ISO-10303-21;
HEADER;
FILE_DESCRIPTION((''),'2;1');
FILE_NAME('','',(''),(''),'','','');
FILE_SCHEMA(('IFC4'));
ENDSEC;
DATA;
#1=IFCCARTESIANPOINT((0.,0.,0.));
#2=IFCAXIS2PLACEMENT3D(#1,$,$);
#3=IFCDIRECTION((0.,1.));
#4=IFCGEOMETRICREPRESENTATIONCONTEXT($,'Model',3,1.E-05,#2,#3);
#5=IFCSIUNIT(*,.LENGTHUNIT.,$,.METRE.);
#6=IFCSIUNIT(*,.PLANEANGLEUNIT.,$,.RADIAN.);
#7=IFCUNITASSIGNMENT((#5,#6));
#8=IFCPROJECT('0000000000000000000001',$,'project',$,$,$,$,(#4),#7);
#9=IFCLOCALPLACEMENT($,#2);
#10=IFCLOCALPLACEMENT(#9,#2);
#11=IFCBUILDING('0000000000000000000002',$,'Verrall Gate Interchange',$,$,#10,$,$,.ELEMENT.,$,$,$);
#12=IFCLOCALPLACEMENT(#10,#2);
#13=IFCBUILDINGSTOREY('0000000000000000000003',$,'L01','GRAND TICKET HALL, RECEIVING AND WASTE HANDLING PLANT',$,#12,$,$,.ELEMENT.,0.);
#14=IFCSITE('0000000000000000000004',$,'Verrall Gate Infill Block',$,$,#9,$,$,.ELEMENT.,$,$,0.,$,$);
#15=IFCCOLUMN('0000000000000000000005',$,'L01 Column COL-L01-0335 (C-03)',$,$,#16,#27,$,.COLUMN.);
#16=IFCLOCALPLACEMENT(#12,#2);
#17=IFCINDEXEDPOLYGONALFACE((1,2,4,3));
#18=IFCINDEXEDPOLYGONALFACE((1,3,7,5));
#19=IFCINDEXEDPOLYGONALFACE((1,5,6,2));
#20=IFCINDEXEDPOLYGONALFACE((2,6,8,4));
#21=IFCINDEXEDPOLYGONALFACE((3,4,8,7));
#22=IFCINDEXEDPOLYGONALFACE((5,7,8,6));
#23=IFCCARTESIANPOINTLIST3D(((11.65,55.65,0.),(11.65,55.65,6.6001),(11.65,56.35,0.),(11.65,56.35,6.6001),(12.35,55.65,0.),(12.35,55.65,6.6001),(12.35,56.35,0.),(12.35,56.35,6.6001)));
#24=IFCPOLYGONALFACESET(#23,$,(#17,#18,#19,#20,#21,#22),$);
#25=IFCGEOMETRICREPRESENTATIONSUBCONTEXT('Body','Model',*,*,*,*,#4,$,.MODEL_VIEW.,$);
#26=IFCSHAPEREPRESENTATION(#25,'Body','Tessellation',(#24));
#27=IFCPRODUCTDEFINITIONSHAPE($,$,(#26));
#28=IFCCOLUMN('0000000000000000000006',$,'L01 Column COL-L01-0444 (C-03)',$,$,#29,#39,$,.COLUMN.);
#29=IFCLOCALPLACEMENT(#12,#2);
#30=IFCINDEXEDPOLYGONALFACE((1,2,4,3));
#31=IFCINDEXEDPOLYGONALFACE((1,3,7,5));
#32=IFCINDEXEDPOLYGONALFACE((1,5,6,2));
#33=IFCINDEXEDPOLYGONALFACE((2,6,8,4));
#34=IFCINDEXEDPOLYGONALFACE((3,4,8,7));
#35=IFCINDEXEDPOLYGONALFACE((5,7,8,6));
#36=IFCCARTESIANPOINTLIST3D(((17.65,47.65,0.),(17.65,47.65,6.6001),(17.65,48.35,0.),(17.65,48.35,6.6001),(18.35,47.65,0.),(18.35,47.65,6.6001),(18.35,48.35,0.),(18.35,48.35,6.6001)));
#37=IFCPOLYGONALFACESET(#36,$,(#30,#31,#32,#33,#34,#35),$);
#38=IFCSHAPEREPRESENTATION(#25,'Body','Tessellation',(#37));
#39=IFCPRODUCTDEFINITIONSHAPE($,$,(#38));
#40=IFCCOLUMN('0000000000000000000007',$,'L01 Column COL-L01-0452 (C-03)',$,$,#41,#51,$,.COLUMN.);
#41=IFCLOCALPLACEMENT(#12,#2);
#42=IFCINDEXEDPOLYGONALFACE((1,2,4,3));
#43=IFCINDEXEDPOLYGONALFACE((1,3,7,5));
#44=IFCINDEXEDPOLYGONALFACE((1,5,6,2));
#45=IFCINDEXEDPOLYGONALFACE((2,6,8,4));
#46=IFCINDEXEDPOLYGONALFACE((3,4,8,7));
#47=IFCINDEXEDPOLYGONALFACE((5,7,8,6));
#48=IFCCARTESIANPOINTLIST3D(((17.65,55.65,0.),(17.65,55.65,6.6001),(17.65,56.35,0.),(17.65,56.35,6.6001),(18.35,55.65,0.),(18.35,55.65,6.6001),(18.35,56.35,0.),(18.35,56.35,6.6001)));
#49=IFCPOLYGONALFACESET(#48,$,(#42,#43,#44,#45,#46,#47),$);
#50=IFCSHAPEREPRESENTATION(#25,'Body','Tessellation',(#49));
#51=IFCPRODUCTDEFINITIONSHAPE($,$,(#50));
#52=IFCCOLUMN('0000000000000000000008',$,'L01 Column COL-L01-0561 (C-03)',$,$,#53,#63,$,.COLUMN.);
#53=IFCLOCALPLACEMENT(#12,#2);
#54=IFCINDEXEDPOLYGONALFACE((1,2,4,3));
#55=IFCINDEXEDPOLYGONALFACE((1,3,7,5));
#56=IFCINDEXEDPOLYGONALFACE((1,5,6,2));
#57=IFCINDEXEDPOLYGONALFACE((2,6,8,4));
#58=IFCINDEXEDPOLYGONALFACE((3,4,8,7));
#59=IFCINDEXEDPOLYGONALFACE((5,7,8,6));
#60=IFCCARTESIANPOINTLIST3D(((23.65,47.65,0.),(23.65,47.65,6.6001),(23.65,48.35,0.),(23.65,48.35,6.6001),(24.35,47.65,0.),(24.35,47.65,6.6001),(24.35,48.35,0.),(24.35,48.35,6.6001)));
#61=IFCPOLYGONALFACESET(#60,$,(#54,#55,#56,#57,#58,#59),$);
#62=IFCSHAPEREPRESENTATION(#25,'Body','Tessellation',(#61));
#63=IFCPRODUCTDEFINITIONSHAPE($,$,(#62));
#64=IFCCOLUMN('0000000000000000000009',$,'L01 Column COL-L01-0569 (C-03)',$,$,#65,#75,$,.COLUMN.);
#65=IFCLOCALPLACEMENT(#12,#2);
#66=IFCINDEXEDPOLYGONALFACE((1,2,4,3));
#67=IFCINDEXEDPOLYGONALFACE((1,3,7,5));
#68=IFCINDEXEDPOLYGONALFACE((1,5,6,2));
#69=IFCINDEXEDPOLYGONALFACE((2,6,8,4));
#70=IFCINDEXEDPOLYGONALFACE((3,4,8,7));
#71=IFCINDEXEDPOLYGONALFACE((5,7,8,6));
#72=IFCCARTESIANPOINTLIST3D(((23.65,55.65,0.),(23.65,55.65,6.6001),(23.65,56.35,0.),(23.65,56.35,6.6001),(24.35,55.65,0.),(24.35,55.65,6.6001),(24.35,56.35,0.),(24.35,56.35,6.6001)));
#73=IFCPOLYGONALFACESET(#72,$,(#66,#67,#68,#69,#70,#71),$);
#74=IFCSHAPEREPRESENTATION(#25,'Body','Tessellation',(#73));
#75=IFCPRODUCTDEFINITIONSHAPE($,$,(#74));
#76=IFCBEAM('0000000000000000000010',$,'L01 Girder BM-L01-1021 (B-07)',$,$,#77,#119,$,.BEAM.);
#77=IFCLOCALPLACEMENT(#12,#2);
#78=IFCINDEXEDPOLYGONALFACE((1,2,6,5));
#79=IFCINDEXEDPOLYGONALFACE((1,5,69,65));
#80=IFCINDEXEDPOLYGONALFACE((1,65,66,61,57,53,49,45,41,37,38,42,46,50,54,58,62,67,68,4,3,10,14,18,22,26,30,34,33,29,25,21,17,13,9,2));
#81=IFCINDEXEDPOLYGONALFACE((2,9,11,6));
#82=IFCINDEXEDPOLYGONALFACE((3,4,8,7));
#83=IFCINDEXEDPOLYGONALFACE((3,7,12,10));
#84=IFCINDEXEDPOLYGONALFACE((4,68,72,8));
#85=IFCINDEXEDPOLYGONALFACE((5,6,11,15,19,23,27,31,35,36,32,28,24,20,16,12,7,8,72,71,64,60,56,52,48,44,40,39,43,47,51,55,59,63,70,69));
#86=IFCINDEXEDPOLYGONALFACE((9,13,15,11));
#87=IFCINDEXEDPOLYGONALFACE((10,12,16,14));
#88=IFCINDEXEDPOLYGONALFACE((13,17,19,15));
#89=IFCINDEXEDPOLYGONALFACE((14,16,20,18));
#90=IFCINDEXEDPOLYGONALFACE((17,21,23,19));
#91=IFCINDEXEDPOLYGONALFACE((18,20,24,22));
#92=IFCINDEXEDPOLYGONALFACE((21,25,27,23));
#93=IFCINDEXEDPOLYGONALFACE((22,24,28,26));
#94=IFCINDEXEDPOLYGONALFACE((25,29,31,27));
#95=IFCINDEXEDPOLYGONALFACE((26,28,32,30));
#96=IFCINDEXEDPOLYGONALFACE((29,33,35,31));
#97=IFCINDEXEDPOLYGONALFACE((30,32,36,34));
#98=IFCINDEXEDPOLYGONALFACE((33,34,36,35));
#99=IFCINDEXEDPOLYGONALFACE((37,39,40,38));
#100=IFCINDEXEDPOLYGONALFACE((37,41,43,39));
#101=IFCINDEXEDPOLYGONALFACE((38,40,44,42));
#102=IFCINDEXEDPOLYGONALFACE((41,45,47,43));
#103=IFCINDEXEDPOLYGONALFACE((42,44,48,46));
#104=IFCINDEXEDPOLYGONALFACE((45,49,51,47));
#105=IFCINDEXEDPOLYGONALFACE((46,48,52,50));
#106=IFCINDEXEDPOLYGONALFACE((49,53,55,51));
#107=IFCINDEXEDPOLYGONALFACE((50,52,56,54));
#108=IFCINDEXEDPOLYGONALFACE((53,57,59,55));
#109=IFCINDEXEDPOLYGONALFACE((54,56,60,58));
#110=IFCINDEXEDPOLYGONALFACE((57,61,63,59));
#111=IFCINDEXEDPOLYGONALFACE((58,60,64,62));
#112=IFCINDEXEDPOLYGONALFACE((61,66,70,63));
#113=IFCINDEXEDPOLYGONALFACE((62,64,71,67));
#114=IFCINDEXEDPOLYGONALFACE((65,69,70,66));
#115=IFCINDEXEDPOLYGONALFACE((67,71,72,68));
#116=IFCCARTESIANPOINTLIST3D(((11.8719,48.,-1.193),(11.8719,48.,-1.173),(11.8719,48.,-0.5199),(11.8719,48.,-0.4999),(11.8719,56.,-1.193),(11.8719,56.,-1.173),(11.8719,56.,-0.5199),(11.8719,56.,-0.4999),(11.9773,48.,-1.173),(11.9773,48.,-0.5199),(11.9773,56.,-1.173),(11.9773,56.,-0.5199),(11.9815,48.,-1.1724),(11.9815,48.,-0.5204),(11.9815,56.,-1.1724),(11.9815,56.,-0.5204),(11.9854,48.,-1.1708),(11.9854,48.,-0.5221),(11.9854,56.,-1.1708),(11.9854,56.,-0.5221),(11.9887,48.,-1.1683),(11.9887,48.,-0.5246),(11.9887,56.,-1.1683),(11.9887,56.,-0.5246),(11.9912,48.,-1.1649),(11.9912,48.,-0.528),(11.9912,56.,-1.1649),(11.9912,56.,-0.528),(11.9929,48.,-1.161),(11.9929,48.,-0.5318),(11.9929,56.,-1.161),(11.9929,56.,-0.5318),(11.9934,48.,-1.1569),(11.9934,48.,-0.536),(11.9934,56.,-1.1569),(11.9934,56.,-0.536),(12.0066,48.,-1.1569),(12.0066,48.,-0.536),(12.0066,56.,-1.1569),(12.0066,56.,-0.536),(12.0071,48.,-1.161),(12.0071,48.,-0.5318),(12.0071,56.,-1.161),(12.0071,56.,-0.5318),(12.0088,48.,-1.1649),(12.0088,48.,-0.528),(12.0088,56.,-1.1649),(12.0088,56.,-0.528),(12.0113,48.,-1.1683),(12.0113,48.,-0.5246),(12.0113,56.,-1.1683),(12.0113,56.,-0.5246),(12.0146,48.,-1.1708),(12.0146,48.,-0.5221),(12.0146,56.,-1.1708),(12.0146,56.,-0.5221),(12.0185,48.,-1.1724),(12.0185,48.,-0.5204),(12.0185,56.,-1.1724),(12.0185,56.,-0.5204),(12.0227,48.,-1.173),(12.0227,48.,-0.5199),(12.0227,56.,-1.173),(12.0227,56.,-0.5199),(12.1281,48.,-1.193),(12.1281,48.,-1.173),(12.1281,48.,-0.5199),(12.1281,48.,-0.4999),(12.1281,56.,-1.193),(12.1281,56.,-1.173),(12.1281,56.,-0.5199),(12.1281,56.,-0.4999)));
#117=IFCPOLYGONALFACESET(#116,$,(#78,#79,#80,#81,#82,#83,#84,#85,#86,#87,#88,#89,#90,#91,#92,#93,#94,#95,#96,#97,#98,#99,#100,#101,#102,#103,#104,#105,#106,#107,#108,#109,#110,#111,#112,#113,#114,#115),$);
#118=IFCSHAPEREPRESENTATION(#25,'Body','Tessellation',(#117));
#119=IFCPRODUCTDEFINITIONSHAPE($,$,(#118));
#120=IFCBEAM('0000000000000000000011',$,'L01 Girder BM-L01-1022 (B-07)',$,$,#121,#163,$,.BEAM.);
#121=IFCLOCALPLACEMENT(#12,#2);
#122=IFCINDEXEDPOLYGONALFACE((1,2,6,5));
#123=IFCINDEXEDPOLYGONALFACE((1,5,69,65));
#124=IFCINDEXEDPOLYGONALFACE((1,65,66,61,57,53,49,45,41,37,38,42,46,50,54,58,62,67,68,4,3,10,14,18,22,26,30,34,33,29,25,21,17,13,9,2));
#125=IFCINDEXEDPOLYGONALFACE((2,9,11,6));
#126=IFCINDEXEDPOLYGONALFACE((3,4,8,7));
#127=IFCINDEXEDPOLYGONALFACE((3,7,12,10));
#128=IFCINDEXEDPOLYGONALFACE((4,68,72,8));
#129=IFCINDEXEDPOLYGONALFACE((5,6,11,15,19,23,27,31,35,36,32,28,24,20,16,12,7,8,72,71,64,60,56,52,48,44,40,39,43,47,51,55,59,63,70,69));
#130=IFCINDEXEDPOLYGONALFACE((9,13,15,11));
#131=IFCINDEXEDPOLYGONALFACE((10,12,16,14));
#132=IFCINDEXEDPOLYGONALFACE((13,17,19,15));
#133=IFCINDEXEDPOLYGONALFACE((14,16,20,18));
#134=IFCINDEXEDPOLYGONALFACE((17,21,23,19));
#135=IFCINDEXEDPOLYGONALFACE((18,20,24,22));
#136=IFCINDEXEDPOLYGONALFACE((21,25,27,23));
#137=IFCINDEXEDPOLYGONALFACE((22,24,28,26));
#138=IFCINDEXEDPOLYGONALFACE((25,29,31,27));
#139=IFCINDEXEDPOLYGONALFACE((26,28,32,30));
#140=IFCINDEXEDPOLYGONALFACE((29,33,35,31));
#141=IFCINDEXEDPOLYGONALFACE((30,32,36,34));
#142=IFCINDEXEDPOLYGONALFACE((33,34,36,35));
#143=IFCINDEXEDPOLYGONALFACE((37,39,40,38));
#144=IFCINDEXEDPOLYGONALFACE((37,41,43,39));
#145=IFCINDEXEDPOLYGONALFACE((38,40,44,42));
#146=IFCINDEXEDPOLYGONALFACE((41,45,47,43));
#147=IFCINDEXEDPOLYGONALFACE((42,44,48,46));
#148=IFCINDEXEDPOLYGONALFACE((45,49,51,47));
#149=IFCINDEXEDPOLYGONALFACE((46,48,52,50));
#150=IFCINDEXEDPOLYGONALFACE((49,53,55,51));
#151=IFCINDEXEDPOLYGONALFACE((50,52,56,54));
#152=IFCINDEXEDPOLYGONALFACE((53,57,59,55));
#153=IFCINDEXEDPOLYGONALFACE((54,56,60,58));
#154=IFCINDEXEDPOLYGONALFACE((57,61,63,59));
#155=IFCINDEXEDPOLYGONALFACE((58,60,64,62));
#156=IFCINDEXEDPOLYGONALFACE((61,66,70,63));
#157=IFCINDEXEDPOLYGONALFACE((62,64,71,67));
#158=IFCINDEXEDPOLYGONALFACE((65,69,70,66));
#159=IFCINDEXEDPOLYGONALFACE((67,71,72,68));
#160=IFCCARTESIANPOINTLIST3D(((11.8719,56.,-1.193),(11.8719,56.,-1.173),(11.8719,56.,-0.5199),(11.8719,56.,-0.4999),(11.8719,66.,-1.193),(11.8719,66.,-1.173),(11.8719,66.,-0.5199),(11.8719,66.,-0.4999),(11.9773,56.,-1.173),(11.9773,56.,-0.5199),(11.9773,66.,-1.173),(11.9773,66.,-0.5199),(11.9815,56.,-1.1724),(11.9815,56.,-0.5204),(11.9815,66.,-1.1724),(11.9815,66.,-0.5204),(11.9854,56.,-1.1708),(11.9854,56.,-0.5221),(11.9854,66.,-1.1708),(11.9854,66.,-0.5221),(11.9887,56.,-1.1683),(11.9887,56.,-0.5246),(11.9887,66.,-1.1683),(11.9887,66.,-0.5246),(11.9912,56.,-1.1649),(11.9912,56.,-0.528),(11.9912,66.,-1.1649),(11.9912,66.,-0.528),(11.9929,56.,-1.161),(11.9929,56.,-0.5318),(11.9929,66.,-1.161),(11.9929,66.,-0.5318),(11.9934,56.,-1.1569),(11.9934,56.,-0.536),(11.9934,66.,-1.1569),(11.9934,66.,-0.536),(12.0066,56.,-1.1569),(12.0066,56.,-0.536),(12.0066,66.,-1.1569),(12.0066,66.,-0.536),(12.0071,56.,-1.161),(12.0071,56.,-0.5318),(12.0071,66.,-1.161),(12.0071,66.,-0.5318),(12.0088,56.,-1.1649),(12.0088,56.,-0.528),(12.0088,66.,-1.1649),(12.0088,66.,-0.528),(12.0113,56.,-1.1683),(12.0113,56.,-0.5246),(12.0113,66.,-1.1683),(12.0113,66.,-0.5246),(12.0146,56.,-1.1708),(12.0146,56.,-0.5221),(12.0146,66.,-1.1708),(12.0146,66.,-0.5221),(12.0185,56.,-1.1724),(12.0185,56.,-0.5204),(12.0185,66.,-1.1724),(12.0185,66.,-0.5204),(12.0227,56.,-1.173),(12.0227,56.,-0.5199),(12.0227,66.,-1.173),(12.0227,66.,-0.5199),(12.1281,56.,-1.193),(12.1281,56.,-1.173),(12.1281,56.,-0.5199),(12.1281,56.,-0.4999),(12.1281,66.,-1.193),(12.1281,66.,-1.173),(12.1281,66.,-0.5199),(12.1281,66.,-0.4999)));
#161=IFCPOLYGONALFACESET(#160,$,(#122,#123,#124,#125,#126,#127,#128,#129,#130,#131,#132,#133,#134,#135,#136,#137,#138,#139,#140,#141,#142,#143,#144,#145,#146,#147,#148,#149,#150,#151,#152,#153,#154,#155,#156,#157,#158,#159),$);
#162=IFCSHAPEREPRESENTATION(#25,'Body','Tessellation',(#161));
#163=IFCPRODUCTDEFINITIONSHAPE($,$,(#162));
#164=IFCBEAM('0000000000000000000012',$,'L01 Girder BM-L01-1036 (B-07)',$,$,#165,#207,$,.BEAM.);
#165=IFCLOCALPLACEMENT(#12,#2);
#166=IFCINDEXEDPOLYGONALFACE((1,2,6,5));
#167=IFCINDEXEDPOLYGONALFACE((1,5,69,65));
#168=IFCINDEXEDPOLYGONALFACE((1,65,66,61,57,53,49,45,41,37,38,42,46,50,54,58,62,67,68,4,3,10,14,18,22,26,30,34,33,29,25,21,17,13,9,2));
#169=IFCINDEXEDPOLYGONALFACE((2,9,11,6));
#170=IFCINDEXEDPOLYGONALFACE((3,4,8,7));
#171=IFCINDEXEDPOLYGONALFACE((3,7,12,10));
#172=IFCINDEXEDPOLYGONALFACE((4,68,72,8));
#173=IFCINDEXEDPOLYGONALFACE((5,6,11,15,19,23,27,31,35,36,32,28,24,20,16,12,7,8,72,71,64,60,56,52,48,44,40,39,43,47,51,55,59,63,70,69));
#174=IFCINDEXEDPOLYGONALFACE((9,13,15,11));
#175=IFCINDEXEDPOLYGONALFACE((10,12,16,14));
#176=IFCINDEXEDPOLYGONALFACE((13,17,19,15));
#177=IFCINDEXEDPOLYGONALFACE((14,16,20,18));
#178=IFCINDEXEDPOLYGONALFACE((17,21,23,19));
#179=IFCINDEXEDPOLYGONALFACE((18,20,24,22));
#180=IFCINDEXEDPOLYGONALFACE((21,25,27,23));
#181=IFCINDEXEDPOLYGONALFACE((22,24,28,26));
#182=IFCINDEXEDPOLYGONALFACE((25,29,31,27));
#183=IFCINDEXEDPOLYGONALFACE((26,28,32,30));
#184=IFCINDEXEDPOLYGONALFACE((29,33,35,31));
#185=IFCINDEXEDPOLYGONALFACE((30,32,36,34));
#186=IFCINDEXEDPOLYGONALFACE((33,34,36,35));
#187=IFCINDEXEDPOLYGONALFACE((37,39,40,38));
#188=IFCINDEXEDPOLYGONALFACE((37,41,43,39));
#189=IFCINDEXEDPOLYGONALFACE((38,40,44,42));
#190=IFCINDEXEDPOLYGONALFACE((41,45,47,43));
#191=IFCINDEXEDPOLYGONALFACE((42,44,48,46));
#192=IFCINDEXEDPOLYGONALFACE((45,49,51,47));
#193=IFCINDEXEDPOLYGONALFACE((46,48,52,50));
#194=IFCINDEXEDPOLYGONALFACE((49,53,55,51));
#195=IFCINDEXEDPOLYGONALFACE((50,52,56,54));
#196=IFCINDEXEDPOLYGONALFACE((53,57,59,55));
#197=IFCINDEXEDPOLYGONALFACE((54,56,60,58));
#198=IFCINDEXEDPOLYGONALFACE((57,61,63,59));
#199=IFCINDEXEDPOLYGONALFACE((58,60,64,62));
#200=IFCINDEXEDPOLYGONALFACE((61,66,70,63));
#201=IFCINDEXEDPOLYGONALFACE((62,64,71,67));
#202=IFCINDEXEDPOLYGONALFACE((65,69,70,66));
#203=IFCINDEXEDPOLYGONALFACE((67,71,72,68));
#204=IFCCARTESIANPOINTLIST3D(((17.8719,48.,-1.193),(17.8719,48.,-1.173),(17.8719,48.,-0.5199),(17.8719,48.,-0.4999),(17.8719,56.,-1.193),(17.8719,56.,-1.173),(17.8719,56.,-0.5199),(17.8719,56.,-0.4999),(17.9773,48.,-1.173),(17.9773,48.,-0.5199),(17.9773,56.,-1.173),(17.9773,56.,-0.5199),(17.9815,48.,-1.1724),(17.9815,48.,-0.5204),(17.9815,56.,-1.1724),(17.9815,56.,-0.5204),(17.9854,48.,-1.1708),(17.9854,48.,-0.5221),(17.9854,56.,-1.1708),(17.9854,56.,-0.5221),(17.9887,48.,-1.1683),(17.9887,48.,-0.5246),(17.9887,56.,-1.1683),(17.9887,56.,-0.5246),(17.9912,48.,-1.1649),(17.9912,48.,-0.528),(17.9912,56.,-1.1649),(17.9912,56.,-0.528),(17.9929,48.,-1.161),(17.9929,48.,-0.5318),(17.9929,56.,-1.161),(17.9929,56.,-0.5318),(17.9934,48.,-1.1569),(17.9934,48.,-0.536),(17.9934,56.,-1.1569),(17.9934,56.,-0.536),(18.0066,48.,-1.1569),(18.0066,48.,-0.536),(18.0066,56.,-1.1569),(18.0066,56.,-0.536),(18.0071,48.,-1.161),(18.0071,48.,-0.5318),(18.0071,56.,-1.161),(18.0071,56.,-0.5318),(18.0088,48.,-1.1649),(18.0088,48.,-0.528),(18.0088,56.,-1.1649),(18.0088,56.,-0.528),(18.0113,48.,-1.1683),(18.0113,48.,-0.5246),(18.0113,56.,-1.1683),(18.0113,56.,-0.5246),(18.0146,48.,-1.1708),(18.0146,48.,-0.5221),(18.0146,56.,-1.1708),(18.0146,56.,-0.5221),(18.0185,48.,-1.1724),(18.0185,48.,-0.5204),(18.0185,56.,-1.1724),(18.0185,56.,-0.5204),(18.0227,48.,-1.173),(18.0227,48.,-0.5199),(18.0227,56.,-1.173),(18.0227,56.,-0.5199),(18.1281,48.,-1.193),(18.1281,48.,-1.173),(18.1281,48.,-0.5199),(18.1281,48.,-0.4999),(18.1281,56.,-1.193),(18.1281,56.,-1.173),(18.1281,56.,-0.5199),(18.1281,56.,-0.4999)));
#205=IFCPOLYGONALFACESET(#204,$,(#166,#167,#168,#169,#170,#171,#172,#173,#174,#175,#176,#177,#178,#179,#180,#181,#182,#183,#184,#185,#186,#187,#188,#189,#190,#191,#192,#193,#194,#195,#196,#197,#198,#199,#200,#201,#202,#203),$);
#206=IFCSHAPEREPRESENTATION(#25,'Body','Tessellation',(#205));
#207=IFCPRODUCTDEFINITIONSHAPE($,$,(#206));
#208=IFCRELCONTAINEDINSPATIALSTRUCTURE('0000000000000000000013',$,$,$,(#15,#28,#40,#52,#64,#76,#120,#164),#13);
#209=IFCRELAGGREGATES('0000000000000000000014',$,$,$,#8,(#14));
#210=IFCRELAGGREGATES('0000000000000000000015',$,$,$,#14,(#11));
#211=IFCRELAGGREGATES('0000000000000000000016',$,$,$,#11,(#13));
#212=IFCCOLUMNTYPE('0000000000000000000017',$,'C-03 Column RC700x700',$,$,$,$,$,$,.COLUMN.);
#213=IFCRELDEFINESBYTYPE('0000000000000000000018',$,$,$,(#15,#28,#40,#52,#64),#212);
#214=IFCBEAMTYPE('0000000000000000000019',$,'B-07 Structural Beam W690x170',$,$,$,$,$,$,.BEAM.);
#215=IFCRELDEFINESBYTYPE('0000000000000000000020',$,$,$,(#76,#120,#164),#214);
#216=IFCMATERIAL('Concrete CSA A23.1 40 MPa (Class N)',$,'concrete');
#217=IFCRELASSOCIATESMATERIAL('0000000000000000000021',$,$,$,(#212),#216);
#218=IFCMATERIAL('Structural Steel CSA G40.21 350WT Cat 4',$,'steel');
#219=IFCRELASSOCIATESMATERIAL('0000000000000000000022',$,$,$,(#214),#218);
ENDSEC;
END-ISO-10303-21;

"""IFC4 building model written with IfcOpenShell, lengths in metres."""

from ifc_helpers import new_model, si_unit, direction, frame, origin, origin_2d, place, context, subcontext, project, spatial, rectangle, i_section, extrude, material, material_profile, profile_set, type_object, element, save


model = new_model("IFC4")

# Units and contexts
model_context = context("Model", 3, precision=1e-05, world=origin(), true_north=direction((0.0, 1.0)))
body_context = subcontext(model_context, "Body", "Model", "MODEL_VIEW")
ifc_project = project(units=[si_unit("LENGTHUNIT", "METRE"), si_unit("PLANEANGLEUNIT", "RADIAN")], contexts=[model_context])

# Site, building, storey
site_placement = place(None, origin())
site = spatial("IfcSite", under=ifc_project, at=site_placement, Name="Verrall Gate Infill Block", CompositionType="ELEMENT", RefElevation=0.0)
building_placement = place(site_placement, origin())
building = spatial("IfcBuilding", under=site, at=building_placement, Name="Verrall Gate Interchange", CompositionType="ELEMENT")
storey_placement = place(building_placement, origin())
storey = spatial("IfcBuildingStorey", under=building, at=storey_placement, Name="L01", Description="GRAND TICKET HALL, RECEIVING AND WASTE HANDLING PLANT", CompositionType="ELEMENT", Elevation=0.0)

# Columns
ifc_material_1 = material(Name="Concrete CSA A23.1 40 MPa (Class N)", Category="concrete")
ifc_material_profile_1 = material_profile(ifc_material_1, rectangle(XDim=0.7, YDim=0.7, at=origin_2d()), Name="RC700x700")
ifc_profile_set_1 = profile_set([ifc_material_profile_1], Name="Concrete CSA A23.1 40 MPa (Class N)")
column_type = type_object("IfcColumnType", Name="C-03 Column RC700x700", PredefinedType="COLUMN", material=ifc_profile_set_1)
for number, where, z_axis, x_axis, name in (
    (1, (12.0, 56.0, 0.0), (0.0, 0.0, 1.0), (1.0, 0.0, 0.0), "L01 Column COL-L01-0335 (C-03)"),
    (2, (18.0, 48.0, 0.0), (0.0, 0.0, 1.0), (1.0, 0.0, 0.0), "L01 Column COL-L01-0444 (C-03)"),
    (3, (18.0, 56.0, 0.0), (0.0, 0.0, 1.0), (1.0, 0.0, 0.0), "L01 Column COL-L01-0452 (C-03)"),
    (4, (24.0, 48.0, 0.0), (0.0, 0.0, 1.0), (1.0, 0.0, 0.0), "L01 Column COL-L01-0561 (C-03)"),
    (5, (24.0, 56.0, 0.0), (0.0, 0.0, 1.0), (1.0, 0.0, 0.0), "L01 Column COL-L01-0569 (C-03)"),
):
    element("IfcColumn", number, at=place(storey_placement, frame(where, z_axis=z_axis, x_axis=x_axis)), inside=storey, type_object=column_type, Name=name, PredefinedType="COLUMN", context=body_context, shape_type="SweptSolid", body=[
        extrude(rectangle(XDim=0.7, YDim=0.7, at=origin_2d()), origin(), (0.0, 0.0, 1.0), 6.6001),
    ])

# Beams
ifc_material_2 = material(Name="Structural Steel CSA G40.21 350WT Cat 4", Category="steel")
ifc_material_profile_2 = material_profile(ifc_material_2, i_section(OverallWidth=0.2561, OverallDepth=0.6931, WebThickness=0.0132, FlangeThickness=0.02, FilletRadius=0.0161, at=origin_2d()), Name="W690x170")
ifc_profile_set_2 = profile_set([ifc_material_profile_2], Name="Structural Steel CSA G40.21 350WT Cat 4")
beam_type_1 = type_object("IfcBeamType", Name="B-07 Structural Beam W690x170", PredefinedType="BEAM", material=ifc_profile_set_2)
beam_1_placement = place(storey_placement, frame((12.0, 48.0, -0.8464), z_axis=(0.0, 1.0, 0.0), x_axis=(-1.0, 0.0, 0.0)))
element("IfcBeam", 6, at=beam_1_placement, inside=storey, type_object=beam_type_1, Name="L01 Girder BM-L01-1021 (B-07)", PredefinedType="BEAM", context=body_context, shape_type="SweptSolid", body=[
    extrude(i_section(OverallWidth=0.2561, OverallDepth=0.6931, WebThickness=0.0132, FlangeThickness=0.02, FilletRadius=0.0161, at=origin_2d()), origin(), (0.0, 0.0, 1.0), 8.0),
])
beam_2_placement = place(storey_placement, frame((12.0, 56.0, -0.8464), z_axis=(0.0, 1.0, 0.0), x_axis=(-1.0, 0.0, 0.0)))
element("IfcBeam", 7, at=beam_2_placement, inside=storey, type_object=beam_type_1, Name="L01 Girder BM-L01-1022 (B-07)", PredefinedType="BEAM", context=body_context, shape_type="SweptSolid", body=[
    extrude(i_section(OverallWidth=0.2561, OverallDepth=0.6931, WebThickness=0.0132, FlangeThickness=0.02, FilletRadius=0.0161, at=origin_2d()), origin(), (0.0, 0.0, 1.0), 10.0),
])
beam_3_placement = place(storey_placement, frame((18.0, 48.0, -0.8464), z_axis=(0.0, 1.0, 0.0), x_axis=(-1.0, 0.0, 0.0)))
element("IfcBeam", 8, at=beam_3_placement, inside=storey, type_object=beam_type_1, Name="L01 Girder BM-L01-1036 (B-07)", PredefinedType="BEAM", context=body_context, shape_type="SweptSolid", body=[
    extrude(i_section(OverallWidth=0.2561, OverallDepth=0.6931, WebThickness=0.0132, FlangeThickness=0.02, FilletRadius=0.0161, at=origin_2d()), origin(), (0.0, 0.0, 1.0), 8.0),
])

save(model, "model.ifc")
